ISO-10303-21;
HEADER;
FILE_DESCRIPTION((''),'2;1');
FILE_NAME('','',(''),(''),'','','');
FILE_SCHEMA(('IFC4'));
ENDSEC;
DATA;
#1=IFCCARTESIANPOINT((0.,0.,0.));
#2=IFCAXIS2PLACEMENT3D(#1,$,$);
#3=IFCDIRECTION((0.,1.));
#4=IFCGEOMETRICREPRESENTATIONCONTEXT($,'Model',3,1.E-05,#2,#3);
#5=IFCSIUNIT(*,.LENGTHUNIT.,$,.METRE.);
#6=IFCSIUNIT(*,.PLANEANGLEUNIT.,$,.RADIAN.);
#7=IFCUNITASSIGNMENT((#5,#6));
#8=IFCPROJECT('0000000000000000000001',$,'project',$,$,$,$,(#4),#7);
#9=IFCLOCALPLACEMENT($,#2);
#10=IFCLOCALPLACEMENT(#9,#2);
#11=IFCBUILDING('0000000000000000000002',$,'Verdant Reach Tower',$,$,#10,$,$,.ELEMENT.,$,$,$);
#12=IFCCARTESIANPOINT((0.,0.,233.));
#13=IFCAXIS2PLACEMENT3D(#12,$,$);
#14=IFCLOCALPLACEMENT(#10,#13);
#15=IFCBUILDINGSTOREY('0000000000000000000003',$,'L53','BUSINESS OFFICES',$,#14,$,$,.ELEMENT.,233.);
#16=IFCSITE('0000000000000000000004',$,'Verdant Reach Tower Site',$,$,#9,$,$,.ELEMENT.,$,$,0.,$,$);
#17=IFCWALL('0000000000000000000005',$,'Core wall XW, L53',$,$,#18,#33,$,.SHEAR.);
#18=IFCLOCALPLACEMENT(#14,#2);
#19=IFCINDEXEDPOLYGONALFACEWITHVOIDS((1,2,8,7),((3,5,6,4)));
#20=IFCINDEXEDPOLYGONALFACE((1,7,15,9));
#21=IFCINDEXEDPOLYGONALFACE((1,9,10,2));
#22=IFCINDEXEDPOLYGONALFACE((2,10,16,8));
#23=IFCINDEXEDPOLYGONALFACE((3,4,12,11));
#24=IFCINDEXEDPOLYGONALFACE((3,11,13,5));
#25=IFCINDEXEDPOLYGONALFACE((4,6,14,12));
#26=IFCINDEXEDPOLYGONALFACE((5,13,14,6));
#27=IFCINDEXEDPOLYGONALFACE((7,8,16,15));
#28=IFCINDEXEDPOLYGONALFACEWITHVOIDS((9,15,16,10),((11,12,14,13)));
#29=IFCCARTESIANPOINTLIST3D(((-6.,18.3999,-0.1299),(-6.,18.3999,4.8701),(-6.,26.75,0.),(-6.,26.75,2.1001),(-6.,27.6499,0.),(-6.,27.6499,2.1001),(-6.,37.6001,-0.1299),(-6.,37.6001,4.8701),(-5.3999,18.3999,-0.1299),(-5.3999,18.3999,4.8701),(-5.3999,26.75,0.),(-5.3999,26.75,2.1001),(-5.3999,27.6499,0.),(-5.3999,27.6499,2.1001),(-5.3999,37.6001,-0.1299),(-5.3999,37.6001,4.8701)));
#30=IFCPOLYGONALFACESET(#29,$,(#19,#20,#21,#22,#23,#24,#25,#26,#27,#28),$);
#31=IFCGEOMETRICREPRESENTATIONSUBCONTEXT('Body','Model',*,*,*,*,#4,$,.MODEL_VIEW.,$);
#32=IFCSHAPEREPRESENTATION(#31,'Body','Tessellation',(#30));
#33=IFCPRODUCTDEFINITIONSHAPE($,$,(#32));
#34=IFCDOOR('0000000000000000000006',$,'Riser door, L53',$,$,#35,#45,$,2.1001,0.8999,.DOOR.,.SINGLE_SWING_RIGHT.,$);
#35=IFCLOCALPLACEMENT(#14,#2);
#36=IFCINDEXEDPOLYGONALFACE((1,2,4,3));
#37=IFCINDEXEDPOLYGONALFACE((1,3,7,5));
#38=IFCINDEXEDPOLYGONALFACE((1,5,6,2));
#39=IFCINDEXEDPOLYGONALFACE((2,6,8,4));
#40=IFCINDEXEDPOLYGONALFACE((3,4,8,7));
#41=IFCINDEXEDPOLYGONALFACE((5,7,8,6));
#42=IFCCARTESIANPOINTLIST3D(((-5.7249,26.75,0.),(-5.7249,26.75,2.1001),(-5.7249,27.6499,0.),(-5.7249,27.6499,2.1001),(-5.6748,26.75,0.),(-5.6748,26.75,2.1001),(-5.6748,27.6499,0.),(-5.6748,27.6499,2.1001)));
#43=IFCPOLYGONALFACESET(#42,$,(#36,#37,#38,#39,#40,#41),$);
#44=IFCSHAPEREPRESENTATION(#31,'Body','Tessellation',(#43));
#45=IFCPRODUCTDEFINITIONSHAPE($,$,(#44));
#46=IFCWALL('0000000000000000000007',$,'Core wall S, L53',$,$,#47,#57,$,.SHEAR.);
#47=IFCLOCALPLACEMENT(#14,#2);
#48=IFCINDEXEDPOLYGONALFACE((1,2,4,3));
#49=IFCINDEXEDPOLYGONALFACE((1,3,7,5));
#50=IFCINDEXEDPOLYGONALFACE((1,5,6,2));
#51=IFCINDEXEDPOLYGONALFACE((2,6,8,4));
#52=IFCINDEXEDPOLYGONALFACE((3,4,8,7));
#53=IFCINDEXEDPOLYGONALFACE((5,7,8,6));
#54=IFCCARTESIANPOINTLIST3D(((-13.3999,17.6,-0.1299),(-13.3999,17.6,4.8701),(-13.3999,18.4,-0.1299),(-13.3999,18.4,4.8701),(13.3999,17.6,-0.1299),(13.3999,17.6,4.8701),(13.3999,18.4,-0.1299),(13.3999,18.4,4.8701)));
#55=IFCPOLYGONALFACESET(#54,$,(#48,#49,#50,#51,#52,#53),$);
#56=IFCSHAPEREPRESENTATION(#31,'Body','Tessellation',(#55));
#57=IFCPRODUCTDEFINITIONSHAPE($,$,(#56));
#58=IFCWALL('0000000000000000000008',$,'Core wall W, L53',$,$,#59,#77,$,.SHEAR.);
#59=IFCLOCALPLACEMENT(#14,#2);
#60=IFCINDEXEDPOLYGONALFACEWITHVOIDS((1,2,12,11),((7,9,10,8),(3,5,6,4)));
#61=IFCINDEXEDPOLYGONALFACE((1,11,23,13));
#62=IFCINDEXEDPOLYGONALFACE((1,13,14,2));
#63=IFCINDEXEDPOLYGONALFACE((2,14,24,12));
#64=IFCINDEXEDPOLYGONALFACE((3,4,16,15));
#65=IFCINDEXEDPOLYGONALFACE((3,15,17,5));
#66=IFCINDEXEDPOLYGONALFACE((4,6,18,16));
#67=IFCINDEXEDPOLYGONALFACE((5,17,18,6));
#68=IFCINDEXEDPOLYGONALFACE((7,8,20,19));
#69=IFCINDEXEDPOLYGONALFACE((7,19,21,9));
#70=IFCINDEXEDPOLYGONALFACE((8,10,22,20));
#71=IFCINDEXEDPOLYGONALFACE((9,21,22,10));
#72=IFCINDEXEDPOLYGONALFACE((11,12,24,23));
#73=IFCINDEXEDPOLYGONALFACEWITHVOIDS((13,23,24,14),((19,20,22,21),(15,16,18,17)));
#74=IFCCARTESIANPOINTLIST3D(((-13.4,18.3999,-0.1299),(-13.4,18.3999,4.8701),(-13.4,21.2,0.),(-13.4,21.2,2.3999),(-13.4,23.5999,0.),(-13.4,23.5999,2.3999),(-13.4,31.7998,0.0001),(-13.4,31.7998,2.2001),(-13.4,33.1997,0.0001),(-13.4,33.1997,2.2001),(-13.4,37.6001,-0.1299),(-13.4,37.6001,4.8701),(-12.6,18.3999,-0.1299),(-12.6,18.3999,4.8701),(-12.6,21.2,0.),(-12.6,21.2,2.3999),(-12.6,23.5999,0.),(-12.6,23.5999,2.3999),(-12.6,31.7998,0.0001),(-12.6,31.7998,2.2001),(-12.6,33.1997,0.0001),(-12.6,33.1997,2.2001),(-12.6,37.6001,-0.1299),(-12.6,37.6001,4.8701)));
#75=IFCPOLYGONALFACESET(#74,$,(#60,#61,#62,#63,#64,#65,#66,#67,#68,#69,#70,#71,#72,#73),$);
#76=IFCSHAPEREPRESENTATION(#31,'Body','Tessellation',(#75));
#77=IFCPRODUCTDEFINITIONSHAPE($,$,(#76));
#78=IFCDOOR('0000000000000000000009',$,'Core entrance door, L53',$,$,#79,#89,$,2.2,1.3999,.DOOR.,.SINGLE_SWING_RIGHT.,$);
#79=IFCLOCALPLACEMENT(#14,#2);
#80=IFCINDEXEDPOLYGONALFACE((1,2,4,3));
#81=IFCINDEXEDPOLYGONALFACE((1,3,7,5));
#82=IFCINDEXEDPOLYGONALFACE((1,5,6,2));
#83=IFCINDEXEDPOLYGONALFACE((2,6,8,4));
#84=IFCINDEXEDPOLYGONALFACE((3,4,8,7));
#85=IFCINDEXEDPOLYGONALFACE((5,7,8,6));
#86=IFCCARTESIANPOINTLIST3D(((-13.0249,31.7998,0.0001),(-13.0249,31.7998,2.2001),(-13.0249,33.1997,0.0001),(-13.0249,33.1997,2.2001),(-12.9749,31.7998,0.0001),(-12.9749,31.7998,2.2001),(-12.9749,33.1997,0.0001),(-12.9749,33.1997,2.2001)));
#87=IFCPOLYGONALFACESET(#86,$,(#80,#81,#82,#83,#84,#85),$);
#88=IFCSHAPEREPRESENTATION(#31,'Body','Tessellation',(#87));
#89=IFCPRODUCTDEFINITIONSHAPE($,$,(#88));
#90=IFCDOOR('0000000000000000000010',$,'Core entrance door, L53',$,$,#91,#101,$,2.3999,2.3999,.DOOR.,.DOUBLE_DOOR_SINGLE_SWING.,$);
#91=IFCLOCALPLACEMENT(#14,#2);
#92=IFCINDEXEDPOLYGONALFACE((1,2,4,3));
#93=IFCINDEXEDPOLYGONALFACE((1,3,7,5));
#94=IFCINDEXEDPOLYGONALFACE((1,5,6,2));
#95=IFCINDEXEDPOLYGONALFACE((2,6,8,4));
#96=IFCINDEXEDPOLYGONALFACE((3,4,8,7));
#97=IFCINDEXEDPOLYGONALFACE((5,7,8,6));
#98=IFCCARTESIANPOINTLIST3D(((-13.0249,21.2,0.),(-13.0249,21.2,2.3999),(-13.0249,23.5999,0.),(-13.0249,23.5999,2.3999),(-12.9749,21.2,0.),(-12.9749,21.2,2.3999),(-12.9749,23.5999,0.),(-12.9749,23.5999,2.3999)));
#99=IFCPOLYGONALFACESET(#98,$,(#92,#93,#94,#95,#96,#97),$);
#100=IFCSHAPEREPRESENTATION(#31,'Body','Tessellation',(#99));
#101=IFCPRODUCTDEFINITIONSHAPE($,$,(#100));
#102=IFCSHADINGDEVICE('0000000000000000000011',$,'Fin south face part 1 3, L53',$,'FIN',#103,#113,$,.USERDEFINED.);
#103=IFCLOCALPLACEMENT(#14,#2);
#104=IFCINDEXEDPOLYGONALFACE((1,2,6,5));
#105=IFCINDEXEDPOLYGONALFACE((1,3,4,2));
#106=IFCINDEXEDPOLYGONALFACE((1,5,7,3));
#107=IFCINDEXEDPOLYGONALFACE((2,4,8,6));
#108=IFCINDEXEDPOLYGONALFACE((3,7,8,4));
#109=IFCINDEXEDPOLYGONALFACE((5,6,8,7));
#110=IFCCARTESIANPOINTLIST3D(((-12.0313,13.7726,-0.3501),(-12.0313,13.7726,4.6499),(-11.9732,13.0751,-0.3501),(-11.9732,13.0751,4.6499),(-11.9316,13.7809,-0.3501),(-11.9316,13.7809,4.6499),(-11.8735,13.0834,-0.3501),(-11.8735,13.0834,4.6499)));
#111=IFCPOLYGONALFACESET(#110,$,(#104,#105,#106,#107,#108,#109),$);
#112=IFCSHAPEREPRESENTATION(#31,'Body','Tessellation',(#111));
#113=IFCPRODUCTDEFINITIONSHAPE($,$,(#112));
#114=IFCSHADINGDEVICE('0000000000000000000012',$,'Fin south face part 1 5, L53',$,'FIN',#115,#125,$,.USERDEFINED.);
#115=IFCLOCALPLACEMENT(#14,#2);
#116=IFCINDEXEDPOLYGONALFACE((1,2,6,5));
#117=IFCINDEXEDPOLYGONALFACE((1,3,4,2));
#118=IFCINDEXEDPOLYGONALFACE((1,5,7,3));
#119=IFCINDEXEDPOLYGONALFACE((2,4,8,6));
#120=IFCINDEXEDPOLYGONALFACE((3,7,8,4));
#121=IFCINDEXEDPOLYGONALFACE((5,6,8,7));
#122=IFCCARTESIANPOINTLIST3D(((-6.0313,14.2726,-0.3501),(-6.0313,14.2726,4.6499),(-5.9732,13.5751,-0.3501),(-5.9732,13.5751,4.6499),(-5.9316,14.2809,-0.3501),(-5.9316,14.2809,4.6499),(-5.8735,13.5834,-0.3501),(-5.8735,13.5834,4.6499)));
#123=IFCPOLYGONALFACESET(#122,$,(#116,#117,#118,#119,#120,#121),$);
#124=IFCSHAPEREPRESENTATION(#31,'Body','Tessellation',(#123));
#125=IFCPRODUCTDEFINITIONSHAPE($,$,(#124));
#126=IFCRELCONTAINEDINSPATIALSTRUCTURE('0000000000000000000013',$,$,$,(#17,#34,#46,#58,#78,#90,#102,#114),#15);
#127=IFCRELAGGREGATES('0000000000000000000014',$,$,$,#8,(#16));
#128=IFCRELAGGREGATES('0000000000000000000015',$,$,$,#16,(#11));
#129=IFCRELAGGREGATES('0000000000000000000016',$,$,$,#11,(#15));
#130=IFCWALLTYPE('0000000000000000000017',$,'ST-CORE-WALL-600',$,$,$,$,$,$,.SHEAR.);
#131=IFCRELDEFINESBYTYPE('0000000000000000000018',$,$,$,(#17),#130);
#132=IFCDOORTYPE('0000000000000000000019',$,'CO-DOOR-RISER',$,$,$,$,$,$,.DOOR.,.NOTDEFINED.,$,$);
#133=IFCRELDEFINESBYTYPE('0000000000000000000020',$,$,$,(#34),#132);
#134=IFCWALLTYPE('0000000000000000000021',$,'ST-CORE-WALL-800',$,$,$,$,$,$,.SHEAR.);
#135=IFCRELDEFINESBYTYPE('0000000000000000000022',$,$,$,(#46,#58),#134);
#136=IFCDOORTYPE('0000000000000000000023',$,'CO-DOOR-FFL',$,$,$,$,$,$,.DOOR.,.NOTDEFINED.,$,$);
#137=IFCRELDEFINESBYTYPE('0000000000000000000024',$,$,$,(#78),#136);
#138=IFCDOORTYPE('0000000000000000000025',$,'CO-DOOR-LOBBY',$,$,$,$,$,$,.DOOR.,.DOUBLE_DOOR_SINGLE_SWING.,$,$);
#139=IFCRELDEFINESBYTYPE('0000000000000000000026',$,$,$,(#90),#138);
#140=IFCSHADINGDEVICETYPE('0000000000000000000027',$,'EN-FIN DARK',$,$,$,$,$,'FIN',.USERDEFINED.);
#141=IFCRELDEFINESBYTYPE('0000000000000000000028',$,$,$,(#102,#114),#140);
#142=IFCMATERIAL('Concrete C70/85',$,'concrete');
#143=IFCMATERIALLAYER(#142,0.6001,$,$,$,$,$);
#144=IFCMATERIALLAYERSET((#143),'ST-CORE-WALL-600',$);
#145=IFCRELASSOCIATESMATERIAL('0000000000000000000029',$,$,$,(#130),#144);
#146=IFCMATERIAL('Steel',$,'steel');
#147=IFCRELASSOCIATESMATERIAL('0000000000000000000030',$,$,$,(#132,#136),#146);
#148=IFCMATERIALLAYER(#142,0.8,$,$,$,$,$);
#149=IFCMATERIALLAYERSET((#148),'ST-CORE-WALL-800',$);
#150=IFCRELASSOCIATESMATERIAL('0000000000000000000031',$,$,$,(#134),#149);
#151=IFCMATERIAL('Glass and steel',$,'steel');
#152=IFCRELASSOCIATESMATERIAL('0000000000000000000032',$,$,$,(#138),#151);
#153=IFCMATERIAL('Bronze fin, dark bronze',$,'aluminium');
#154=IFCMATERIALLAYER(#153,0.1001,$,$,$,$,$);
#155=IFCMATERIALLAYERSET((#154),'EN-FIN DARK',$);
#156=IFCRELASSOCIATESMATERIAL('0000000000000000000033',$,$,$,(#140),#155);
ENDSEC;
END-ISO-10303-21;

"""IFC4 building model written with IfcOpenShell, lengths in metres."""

from ifc_helpers import new_model, si_unit, direction, frame, frame_2d, origin, origin_2d, place, context, subcontext, project, spatial, rectangle, extrude, material, layer, layer_set, type_object, element, fill, save


model = new_model("IFC4")

# Units and contexts
model_context = context("Model", 3, precision=1e-05, world=origin(), true_north=direction((0.0, 1.0)))
body_context = subcontext(model_context, "Body", "Model", "MODEL_VIEW")
ifc_project = project(units=[si_unit("LENGTHUNIT", "METRE"), si_unit("PLANEANGLEUNIT", "RADIAN")], contexts=[model_context])

# Site, building, storey
site_placement = place(None, origin())
site = spatial("IfcSite", under=ifc_project, at=site_placement, Name="Verdant Reach Tower Site", CompositionType="ELEMENT", RefElevation=0.0)
building_placement = place(site_placement, origin())
building = spatial("IfcBuilding", under=site, at=building_placement, Name="Verdant Reach Tower", CompositionType="ELEMENT")
storey_placement = place(building_placement, frame((0.0, 0.0, 233.0)))
storey = spatial("IfcBuildingStorey", under=building, at=storey_placement, Name="L53", Description="BUSINESS OFFICES", CompositionType="ELEMENT", Elevation=233.0)

# Wall, opening, door
ifc_material_1 = material(Name="Concrete C70/85", Category="concrete")
ifc_layer_1 = layer(ifc_material_1, 0.6001)
ifc_layer_set_1 = layer_set([ifc_layer_1], Name="ST-CORE-WALL-600")
wall_type_1 = type_object("IfcWallType", Name="ST-CORE-WALL-600", PredefinedType="SHEAR", material=ifc_layer_set_1)
wall_1_placement = place(storey_placement, frame((-5.7, 18.3999, -0.1299), z_axis=(0.0, 0.0, 1.0), x_axis=(0.0, 1.0, 0.0)))
wall_1 = element("IfcWall", 1, at=wall_1_placement, inside=storey, type_object=wall_type_1, Name="Core wall XW, L53", PredefinedType="SHEAR", context=body_context, shape_type="SweptSolid", body=[
    extrude(rectangle(XDim=19.2002, YDim=0.6001, at=frame_2d((9.6001, 0.0))), origin(), (0.0, 0.0, 1.0), 5.0),
])
opening_1_placement = place(wall_1_placement, frame((8.3501, 0.0, 0.1299)))
opening_1 = element("IfcOpeningElement", 2, at=opening_1_placement, cuts=wall_1, PredefinedType="OPENING", context=body_context, shape_type="SweptSolid", body=[
    extrude(rectangle(XDim=0.8999, YDim=2.1001, at=frame_2d((0.45, 1.05))), frame((0.0, 0.3101, 0.0), z_axis=(0.0, -1.0, 0.0), x_axis=(1.0, 0.0, 0.0)), (0.0, 0.0, 1.0), 0.6201),
])
ifc_material_2 = material(Name="Steel", Category="steel")
door_type_1 = type_object("IfcDoorType", Name="CO-DOOR-RISER", OperationType="NOTDEFINED", PredefinedType="DOOR", material=ifc_material_2)
door_1_placement = place(opening_1_placement, origin())
door_1 = element("IfcDoor", 3, at=door_1_placement, inside=storey, type_object=door_type_1, Name="Riser door, L53", OperationType="SINGLE_SWING_RIGHT", OverallHeight=2.1001, OverallWidth=0.8999, PredefinedType="DOOR", context=body_context, shape_type="SweptSolid", body=[
    extrude(rectangle(XDim=0.8999, YDim=2.1001, at=frame_2d((0.45, 1.05))), frame((0.0, 0.0249, 0.0), z_axis=(0.0, -1.0, 0.0), x_axis=(1.0, 0.0, 0.0)), (0.0, 0.0, 1.0), 0.05),
])
fill(opening_1, door_1)

# Wall
ifc_layer_2 = layer(ifc_material_1, 0.8)
ifc_layer_set_2 = layer_set([ifc_layer_2], Name="ST-CORE-WALL-800")
wall_type_2 = type_object("IfcWallType", Name="ST-CORE-WALL-800", PredefinedType="SHEAR", material=ifc_layer_set_2)
wall_2_placement = place(storey_placement, frame((-13.3999, 18.0, -0.1299), z_axis=(0.0, 0.0, 1.0), x_axis=(1.0, 0.0, 0.0)))
element("IfcWall", 4, at=wall_2_placement, inside=storey, type_object=wall_type_2, Name="Core wall S, L53", PredefinedType="SHEAR", context=body_context, shape_type="SweptSolid", body=[
    extrude(rectangle(XDim=26.7998, YDim=0.8, at=frame_2d((13.3999, 0.0))), origin(), (0.0, 0.0, 1.0), 5.0),
])

# Wall, openings, doors
wall_3_placement = place(storey_placement, frame((-13.0, 18.3999, -0.1299), z_axis=(0.0, 0.0, 1.0), x_axis=(0.0, 1.0, 0.0)))
wall_3 = element("IfcWall", 5, at=wall_3_placement, inside=storey, type_object=wall_type_2, Name="Core wall W, L53", PredefinedType="SHEAR", context=body_context, shape_type="SweptSolid", body=[
    extrude(rectangle(XDim=19.2002, YDim=0.8, at=frame_2d((9.6001, 0.0))), origin(), (0.0, 0.0, 1.0), 5.0),
])
opening_2_placement = place(wall_3_placement, frame((2.8, 0.0, 0.1299)))
opening_2 = element("IfcOpeningElement", 6, at=opening_2_placement, cuts=wall_3, PredefinedType="OPENING", context=body_context, shape_type="SweptSolid", body=[
    extrude(rectangle(XDim=2.3999, YDim=2.3999, at=frame_2d((1.2, 1.2))), frame((0.0, 0.4099, 0.0), z_axis=(0.0, -1.0, 0.0), x_axis=(1.0, 0.0, 0.0)), (0.0, 0.0, 1.0), 0.8201),
])
opening_3_placement = place(wall_3_placement, frame((13.3999, 0.0, 0.1299)))
opening_3 = element("IfcOpeningElement", 7, at=opening_3_placement, cuts=wall_3, PredefinedType="OPENING", context=body_context, shape_type="SweptSolid", body=[
    extrude(rectangle(XDim=1.3999, YDim=2.2, at=frame_2d((0.7, 1.1001))), frame((0.0, 0.4099, 0.0), z_axis=(0.0, -1.0, 0.0), x_axis=(1.0, 0.0, 0.0)), (0.0, 0.0, 1.0), 0.8201),
])
door_type_2 = type_object("IfcDoorType", Name="CO-DOOR-FFL", OperationType="NOTDEFINED", PredefinedType="DOOR", material=ifc_material_2)
door_2_placement = place(opening_3_placement, origin())
door_2 = element("IfcDoor", 8, at=door_2_placement, inside=storey, type_object=door_type_2, Name="Core entrance door, L53", OperationType="SINGLE_SWING_RIGHT", OverallHeight=2.2, OverallWidth=1.3999, PredefinedType="DOOR", context=body_context, shape_type="SweptSolid", body=[
    extrude(rectangle(XDim=1.3999, YDim=2.2, at=frame_2d((0.7, 1.1001))), frame((0.0, 0.0249, 0.0), z_axis=(0.0, -1.0, 0.0), x_axis=(1.0, 0.0, 0.0)), (0.0, 0.0, 1.0), 0.05),
])
fill(opening_3, door_2)
ifc_material_3 = material(Name="Glass and steel", Category="steel")
door_type_3 = type_object("IfcDoorType", Name="CO-DOOR-LOBBY", OperationType="DOUBLE_DOOR_SINGLE_SWING", PredefinedType="DOOR", material=ifc_material_3)
door_3_placement = place(opening_2_placement, origin())
door_3 = element("IfcDoor", 9, at=door_3_placement, inside=storey, type_object=door_type_3, Name="Core entrance door, L53", OperationType="DOUBLE_DOOR_SINGLE_SWING", OverallHeight=2.3999, OverallWidth=2.3999, PredefinedType="DOOR", context=body_context, shape_type="SweptSolid", body=[
    extrude(rectangle(XDim=2.3999, YDim=2.3999, at=frame_2d((1.2, 1.2))), frame((0.0, 0.0249, 0.0), z_axis=(0.0, -1.0, 0.0), x_axis=(1.0, 0.0, 0.0)), (0.0, 0.0, 1.0), 0.05),
])
fill(opening_2, door_3)

# Shading devices
ifc_material_4 = material(Name="Bronze fin, dark bronze", Category="aluminium")
ifc_layer_3 = layer(ifc_material_4, 0.1001)
ifc_layer_set_3 = layer_set([ifc_layer_3], Name="EN-FIN DARK")
shading_device_type = type_object("IfcShadingDeviceType", Name="EN-FIN DARK", ElementType="FIN", PredefinedType="USERDEFINED", material=ifc_layer_set_3)
for number, where, z_axis, x_axis, name in (
    (10, (-11.9524, 13.428, -0.3501), (0.0, 0.0, 1.0), (0.996546, 0.083045, 0.0), "Fin south face part 1 3, L53"),
    (11, (-5.9524, 13.928, -0.3501), (0.0, 0.0, 1.0), (0.996546, 0.083045, 0.0), "Fin south face part 1 5, L53"),
):
    element("IfcShadingDevice", number, at=place(storey_placement, frame(where, z_axis=z_axis, x_axis=x_axis)), inside=storey, type_object=shading_device_type, Name=name, ObjectType="FIN", PredefinedType="USERDEFINED", context=body_context, shape_type="SweptSolid", body=[
        extrude(rectangle(XDim=0.1001, YDim=0.7, at=origin_2d()), origin(), (0.0, 0.0, 1.0), 5.0),
    ])

save(model, "model.ifc")
